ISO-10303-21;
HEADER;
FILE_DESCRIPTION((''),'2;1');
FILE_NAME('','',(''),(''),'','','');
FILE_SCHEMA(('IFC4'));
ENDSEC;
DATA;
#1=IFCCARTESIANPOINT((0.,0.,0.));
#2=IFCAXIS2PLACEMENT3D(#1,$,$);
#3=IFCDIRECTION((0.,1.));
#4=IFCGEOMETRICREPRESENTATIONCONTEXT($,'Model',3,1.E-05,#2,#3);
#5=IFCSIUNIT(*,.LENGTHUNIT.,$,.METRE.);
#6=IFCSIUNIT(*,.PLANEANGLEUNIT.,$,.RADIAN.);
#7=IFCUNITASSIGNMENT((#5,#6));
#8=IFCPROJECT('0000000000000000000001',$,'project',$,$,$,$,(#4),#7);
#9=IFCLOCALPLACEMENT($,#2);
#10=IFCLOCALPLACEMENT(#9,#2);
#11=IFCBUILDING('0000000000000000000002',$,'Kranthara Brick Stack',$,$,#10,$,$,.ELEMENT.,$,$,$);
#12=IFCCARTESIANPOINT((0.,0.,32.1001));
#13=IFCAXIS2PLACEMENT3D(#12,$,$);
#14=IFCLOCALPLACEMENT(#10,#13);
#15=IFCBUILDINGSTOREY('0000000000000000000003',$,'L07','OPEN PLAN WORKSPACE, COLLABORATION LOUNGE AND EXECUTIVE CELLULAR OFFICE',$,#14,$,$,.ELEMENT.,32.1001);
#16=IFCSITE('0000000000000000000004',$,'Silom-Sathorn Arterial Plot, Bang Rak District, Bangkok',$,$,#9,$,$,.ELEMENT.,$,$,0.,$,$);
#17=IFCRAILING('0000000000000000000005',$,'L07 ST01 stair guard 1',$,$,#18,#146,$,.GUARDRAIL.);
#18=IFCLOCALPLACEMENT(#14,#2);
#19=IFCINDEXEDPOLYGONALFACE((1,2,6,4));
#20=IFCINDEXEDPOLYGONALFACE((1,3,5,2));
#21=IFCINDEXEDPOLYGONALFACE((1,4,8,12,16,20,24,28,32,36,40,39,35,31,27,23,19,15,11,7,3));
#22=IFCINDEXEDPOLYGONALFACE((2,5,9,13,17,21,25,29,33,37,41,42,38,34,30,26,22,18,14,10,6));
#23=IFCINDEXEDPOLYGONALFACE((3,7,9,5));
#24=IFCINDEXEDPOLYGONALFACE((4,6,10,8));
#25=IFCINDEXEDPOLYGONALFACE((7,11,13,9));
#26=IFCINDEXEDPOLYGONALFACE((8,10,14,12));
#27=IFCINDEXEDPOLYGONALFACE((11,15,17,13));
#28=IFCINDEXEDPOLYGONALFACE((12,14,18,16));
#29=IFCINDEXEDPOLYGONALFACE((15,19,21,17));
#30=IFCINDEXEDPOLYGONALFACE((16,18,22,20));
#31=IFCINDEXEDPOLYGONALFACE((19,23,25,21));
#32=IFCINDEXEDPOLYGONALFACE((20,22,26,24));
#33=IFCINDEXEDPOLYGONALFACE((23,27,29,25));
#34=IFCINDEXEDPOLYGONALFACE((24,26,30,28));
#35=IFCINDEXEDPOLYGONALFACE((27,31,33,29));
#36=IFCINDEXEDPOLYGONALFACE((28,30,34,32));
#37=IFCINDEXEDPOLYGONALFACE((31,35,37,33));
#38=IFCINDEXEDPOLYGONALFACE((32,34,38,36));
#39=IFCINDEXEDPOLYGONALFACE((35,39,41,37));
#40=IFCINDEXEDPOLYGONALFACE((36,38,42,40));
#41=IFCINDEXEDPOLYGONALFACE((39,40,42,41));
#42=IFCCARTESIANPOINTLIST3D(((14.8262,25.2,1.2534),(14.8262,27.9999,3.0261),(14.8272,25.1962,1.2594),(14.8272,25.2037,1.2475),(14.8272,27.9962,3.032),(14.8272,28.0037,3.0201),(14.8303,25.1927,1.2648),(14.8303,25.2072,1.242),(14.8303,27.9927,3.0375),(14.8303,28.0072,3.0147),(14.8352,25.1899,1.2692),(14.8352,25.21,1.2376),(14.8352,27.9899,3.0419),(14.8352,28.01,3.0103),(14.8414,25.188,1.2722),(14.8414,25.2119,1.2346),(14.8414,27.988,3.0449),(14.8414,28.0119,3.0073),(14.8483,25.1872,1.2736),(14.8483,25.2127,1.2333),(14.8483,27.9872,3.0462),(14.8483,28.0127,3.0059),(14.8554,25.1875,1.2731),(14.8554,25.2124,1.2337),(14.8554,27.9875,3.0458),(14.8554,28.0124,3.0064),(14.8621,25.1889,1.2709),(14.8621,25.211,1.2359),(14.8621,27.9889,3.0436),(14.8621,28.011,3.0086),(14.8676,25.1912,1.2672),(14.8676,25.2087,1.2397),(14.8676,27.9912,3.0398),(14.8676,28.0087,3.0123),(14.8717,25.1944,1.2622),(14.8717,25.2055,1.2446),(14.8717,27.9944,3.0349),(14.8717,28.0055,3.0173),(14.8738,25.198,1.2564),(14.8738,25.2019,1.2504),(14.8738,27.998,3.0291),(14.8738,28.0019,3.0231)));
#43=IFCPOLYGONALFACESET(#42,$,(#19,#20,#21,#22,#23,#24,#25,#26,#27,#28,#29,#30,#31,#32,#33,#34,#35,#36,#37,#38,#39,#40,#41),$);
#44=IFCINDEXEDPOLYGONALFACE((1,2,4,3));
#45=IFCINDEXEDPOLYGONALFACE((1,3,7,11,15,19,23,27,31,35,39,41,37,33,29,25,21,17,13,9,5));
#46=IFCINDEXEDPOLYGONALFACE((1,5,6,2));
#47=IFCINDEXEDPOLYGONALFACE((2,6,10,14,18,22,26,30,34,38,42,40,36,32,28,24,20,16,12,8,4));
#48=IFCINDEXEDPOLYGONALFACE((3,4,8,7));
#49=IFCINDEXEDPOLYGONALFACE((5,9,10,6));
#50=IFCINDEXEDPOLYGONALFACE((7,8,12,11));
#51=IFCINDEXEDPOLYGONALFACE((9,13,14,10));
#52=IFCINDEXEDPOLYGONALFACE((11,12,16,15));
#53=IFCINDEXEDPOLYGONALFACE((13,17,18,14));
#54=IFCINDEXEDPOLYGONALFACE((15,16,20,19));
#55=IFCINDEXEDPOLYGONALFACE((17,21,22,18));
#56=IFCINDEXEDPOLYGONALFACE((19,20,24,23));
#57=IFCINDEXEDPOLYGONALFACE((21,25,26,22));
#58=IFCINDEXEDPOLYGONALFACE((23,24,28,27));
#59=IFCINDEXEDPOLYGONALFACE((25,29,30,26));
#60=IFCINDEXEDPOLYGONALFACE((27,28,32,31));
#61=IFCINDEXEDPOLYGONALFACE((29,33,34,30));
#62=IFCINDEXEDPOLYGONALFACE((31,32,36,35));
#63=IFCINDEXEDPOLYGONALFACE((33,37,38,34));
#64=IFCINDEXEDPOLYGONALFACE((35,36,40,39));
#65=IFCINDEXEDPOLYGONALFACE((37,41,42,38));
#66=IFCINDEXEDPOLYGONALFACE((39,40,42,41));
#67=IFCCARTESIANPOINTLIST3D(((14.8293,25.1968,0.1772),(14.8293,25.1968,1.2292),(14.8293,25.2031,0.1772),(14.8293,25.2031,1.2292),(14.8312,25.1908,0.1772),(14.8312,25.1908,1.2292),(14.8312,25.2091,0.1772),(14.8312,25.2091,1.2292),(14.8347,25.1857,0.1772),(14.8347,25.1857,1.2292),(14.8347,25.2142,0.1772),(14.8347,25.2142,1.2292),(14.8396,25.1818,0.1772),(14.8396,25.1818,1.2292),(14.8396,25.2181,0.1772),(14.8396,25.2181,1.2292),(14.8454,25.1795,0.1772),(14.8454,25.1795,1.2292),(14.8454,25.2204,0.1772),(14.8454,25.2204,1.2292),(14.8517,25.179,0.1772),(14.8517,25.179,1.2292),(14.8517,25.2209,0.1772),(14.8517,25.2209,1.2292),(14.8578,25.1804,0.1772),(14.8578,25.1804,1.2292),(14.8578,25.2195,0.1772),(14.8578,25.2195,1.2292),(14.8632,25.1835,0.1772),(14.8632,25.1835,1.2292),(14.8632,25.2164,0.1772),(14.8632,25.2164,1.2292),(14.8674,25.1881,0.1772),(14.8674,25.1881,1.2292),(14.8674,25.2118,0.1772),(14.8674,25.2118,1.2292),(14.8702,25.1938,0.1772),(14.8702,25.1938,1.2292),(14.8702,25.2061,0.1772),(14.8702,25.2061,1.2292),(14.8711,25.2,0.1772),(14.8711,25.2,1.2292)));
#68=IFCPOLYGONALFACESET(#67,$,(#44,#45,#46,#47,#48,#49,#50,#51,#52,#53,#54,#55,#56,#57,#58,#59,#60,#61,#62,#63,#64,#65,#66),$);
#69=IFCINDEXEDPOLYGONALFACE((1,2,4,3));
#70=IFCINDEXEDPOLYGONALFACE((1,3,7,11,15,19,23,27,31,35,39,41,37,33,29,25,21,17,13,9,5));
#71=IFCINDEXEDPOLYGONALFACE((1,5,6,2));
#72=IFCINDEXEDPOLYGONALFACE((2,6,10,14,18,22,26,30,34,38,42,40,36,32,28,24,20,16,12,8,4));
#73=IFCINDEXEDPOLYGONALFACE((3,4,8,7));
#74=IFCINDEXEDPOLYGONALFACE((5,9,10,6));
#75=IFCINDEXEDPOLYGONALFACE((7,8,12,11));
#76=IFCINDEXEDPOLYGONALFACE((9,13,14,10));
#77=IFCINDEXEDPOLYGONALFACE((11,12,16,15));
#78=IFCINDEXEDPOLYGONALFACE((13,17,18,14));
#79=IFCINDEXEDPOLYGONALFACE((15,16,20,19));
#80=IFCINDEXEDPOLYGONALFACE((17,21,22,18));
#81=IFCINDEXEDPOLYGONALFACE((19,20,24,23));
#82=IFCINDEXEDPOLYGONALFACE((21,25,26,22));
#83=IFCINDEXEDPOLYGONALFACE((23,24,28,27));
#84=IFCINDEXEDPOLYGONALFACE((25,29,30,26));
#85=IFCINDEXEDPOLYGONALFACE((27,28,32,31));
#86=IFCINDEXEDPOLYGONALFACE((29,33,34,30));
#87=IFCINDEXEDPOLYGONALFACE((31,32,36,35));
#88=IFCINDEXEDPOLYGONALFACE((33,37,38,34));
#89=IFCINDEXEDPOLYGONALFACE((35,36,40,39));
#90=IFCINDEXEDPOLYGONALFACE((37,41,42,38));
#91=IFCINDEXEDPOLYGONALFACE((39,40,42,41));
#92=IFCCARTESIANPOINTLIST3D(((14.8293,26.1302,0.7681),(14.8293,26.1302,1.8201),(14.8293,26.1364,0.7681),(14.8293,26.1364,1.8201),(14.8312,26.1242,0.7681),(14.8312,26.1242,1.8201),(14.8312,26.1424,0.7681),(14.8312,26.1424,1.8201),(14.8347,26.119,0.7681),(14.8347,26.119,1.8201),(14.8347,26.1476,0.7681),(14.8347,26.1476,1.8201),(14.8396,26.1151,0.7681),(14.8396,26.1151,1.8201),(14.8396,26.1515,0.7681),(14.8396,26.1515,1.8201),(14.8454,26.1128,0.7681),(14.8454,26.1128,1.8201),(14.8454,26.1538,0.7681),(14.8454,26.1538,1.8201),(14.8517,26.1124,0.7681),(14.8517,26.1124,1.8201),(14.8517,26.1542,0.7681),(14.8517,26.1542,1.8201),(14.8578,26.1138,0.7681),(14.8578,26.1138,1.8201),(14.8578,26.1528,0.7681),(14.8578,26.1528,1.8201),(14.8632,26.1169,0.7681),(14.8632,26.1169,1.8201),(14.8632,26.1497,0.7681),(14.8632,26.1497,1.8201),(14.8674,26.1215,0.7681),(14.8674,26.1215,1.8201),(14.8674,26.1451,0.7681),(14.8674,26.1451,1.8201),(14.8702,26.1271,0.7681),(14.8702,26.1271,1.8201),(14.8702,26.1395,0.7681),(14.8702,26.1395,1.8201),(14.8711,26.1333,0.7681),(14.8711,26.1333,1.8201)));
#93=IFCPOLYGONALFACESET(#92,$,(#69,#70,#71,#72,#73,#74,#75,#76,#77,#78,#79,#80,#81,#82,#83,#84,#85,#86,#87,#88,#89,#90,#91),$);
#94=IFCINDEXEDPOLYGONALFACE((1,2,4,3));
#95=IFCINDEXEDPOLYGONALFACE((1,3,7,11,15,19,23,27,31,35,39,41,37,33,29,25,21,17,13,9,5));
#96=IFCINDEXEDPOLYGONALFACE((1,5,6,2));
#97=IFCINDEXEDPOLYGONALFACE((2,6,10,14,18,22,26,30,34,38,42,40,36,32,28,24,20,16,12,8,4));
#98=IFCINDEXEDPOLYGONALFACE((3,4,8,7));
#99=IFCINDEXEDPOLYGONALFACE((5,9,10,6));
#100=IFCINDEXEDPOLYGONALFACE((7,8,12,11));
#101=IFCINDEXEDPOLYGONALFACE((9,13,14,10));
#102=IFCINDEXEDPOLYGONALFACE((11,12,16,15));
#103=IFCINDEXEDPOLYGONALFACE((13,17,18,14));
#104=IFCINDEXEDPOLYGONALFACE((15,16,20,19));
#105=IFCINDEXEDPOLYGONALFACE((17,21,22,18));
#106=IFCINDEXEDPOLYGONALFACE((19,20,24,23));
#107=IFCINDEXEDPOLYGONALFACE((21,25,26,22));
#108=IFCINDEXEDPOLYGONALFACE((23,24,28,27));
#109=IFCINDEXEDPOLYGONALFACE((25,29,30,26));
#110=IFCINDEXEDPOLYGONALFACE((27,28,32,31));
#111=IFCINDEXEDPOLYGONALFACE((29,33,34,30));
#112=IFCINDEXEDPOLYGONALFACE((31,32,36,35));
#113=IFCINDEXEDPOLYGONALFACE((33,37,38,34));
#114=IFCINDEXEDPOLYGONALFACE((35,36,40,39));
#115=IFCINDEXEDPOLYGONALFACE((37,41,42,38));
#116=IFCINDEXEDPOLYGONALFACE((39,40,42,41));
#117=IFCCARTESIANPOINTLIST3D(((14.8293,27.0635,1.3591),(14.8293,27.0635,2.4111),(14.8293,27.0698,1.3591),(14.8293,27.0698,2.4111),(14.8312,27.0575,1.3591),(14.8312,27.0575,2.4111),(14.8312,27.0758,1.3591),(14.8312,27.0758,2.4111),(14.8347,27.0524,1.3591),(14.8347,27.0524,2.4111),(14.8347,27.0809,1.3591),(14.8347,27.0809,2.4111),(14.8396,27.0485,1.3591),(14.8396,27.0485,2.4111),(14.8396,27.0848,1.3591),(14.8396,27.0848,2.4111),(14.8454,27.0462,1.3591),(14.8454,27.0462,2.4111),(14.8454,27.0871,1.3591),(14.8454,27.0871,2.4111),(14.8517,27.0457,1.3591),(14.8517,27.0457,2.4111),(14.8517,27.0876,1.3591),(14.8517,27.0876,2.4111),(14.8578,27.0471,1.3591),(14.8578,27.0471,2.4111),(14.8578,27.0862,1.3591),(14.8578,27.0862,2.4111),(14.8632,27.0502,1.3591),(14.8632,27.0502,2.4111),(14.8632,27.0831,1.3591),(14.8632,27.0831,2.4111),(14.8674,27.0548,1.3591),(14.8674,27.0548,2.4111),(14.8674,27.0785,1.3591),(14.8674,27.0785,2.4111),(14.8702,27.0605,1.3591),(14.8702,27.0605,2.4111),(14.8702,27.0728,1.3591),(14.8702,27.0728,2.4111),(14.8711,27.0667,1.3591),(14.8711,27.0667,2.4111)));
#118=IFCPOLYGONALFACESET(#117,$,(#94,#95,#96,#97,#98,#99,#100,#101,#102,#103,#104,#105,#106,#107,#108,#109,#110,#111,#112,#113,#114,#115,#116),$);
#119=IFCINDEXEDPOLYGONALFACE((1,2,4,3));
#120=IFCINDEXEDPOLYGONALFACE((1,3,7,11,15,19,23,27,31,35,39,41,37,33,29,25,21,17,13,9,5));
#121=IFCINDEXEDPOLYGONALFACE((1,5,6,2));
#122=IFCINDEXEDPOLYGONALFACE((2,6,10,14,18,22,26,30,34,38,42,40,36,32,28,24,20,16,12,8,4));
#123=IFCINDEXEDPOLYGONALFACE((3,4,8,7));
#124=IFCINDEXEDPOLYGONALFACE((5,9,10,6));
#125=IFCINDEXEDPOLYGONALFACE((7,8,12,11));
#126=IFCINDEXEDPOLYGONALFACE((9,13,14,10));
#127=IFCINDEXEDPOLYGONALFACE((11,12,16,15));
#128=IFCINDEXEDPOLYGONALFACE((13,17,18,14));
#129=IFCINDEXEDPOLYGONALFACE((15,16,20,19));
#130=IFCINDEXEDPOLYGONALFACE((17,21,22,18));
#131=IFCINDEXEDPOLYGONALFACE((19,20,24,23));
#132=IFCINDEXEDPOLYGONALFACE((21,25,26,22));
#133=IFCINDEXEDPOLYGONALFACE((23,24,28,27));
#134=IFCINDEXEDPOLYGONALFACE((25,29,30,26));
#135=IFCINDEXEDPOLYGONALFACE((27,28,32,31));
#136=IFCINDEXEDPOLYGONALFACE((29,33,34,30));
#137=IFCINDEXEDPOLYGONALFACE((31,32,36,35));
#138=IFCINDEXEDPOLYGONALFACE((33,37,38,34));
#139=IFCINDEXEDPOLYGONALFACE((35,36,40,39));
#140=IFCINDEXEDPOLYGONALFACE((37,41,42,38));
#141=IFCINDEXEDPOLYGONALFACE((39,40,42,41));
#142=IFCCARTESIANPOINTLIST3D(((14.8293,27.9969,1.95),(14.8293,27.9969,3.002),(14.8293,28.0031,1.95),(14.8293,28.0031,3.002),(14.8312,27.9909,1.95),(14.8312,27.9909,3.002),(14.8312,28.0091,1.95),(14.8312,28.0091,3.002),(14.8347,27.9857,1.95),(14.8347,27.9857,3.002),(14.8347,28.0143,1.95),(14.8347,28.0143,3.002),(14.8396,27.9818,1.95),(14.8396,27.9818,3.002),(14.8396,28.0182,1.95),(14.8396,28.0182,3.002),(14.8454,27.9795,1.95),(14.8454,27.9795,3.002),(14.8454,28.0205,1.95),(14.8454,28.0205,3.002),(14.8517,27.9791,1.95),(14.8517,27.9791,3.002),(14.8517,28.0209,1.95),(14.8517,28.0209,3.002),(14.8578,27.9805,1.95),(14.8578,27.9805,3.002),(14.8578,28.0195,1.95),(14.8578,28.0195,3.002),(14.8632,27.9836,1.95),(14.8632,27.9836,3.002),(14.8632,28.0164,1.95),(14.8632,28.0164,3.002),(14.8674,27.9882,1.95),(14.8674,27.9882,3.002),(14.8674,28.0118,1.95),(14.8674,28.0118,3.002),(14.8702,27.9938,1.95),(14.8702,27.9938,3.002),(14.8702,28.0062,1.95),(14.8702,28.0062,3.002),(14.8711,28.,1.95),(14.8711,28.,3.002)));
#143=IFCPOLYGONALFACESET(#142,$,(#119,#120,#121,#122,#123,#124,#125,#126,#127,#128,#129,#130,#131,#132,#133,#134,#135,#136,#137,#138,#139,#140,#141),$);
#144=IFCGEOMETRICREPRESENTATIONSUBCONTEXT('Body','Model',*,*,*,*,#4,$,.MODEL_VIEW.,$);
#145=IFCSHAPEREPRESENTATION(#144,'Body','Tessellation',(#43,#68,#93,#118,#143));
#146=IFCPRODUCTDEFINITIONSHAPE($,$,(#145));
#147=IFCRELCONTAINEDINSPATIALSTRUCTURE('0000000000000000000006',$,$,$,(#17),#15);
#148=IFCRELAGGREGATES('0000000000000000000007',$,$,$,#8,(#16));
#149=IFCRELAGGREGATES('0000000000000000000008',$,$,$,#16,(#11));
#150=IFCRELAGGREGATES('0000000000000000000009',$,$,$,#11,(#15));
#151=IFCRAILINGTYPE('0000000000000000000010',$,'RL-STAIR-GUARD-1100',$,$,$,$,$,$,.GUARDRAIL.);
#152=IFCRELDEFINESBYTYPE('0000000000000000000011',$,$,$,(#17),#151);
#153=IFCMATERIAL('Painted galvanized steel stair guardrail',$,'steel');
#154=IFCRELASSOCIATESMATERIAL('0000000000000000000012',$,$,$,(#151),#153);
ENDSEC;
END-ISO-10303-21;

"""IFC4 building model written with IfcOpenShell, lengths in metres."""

from ifc_helpers import new_model, si_unit, direction, frame, origin, origin_2d, place, context, subcontext, project, spatial, circle, extrude, material, type_object, element, save


model = new_model("IFC4")

# Units and contexts
model_context = context("Model", 3, precision=1e-05, world=origin(), true_north=direction((0.0, 1.0)))
body_context = subcontext(model_context, "Body", "Model", "MODEL_VIEW")
ifc_project = project(units=[si_unit("LENGTHUNIT", "METRE"), si_unit("PLANEANGLEUNIT", "RADIAN")], contexts=[model_context])

# Site, building, storey
site_placement = place(None, origin())
site = spatial("IfcSite", under=ifc_project, at=site_placement, Name="Silom-Sathorn Arterial Plot, Bang Rak District, Bangkok", CompositionType="ELEMENT", RefElevation=0.0)
building_placement = place(site_placement, origin())
building = spatial("IfcBuilding", under=site, at=building_placement, Name="Kranthara Brick Stack", CompositionType="ELEMENT")
storey_placement = place(building_placement, frame((0.0, 0.0, 32.1001)))
storey = spatial("IfcBuildingStorey", under=building, at=storey_placement, Name="L07", Description="OPEN PLAN WORKSPACE, COLLABORATION LOUNGE AND EXECUTIVE CELLULAR OFFICE", CompositionType="ELEMENT", Elevation=32.1001)

# Railing
ifc_material_1 = material(Name="Painted galvanized steel stair guardrail", Category="steel")
railing_type_1 = type_object("IfcRailingType", Name="RL-STAIR-GUARD-1100", PredefinedType="GUARDRAIL", material=ifc_material_1)
railing_1_placement = place(storey_placement, frame((14.8501, 25.2, 0.1772)))
element("IfcRailing", 1, at=railing_1_placement, inside=storey, type_object=railing_type_1, Name="L07 ST01 stair guard 1", PredefinedType="GUARDRAIL", context=body_context, shape_type="SweptSolid", body=[
    extrude(circle(Radius=0.0239, at=origin_2d()), frame((0.0, 0.0, 1.0762), z_axis=(0.0, 0.844909, 0.53491), x_axis=(-1.0, 0.0, 0.0)), (0.0, 0.0, 1.0), 3.314),
    extrude(circle(Radius=0.021, at=origin_2d()), origin(), (0.0, 0.0, 1.0), 1.052),
    extrude(circle(Radius=0.021, at=origin_2d()), frame((0.0, 0.9333, 0.5908)), (0.0, 0.0, 1.0), 1.052),
    extrude(circle(Radius=0.021, at=origin_2d()), frame((0.0, 1.8667, 1.1819)), (0.0, 0.0, 1.0), 1.052),
    extrude(circle(Radius=0.021, at=origin_2d()), frame((0.0, 2.8, 1.7727)), (0.0, 0.0, 1.0), 1.052),
])

save(model, "model.ifc")
